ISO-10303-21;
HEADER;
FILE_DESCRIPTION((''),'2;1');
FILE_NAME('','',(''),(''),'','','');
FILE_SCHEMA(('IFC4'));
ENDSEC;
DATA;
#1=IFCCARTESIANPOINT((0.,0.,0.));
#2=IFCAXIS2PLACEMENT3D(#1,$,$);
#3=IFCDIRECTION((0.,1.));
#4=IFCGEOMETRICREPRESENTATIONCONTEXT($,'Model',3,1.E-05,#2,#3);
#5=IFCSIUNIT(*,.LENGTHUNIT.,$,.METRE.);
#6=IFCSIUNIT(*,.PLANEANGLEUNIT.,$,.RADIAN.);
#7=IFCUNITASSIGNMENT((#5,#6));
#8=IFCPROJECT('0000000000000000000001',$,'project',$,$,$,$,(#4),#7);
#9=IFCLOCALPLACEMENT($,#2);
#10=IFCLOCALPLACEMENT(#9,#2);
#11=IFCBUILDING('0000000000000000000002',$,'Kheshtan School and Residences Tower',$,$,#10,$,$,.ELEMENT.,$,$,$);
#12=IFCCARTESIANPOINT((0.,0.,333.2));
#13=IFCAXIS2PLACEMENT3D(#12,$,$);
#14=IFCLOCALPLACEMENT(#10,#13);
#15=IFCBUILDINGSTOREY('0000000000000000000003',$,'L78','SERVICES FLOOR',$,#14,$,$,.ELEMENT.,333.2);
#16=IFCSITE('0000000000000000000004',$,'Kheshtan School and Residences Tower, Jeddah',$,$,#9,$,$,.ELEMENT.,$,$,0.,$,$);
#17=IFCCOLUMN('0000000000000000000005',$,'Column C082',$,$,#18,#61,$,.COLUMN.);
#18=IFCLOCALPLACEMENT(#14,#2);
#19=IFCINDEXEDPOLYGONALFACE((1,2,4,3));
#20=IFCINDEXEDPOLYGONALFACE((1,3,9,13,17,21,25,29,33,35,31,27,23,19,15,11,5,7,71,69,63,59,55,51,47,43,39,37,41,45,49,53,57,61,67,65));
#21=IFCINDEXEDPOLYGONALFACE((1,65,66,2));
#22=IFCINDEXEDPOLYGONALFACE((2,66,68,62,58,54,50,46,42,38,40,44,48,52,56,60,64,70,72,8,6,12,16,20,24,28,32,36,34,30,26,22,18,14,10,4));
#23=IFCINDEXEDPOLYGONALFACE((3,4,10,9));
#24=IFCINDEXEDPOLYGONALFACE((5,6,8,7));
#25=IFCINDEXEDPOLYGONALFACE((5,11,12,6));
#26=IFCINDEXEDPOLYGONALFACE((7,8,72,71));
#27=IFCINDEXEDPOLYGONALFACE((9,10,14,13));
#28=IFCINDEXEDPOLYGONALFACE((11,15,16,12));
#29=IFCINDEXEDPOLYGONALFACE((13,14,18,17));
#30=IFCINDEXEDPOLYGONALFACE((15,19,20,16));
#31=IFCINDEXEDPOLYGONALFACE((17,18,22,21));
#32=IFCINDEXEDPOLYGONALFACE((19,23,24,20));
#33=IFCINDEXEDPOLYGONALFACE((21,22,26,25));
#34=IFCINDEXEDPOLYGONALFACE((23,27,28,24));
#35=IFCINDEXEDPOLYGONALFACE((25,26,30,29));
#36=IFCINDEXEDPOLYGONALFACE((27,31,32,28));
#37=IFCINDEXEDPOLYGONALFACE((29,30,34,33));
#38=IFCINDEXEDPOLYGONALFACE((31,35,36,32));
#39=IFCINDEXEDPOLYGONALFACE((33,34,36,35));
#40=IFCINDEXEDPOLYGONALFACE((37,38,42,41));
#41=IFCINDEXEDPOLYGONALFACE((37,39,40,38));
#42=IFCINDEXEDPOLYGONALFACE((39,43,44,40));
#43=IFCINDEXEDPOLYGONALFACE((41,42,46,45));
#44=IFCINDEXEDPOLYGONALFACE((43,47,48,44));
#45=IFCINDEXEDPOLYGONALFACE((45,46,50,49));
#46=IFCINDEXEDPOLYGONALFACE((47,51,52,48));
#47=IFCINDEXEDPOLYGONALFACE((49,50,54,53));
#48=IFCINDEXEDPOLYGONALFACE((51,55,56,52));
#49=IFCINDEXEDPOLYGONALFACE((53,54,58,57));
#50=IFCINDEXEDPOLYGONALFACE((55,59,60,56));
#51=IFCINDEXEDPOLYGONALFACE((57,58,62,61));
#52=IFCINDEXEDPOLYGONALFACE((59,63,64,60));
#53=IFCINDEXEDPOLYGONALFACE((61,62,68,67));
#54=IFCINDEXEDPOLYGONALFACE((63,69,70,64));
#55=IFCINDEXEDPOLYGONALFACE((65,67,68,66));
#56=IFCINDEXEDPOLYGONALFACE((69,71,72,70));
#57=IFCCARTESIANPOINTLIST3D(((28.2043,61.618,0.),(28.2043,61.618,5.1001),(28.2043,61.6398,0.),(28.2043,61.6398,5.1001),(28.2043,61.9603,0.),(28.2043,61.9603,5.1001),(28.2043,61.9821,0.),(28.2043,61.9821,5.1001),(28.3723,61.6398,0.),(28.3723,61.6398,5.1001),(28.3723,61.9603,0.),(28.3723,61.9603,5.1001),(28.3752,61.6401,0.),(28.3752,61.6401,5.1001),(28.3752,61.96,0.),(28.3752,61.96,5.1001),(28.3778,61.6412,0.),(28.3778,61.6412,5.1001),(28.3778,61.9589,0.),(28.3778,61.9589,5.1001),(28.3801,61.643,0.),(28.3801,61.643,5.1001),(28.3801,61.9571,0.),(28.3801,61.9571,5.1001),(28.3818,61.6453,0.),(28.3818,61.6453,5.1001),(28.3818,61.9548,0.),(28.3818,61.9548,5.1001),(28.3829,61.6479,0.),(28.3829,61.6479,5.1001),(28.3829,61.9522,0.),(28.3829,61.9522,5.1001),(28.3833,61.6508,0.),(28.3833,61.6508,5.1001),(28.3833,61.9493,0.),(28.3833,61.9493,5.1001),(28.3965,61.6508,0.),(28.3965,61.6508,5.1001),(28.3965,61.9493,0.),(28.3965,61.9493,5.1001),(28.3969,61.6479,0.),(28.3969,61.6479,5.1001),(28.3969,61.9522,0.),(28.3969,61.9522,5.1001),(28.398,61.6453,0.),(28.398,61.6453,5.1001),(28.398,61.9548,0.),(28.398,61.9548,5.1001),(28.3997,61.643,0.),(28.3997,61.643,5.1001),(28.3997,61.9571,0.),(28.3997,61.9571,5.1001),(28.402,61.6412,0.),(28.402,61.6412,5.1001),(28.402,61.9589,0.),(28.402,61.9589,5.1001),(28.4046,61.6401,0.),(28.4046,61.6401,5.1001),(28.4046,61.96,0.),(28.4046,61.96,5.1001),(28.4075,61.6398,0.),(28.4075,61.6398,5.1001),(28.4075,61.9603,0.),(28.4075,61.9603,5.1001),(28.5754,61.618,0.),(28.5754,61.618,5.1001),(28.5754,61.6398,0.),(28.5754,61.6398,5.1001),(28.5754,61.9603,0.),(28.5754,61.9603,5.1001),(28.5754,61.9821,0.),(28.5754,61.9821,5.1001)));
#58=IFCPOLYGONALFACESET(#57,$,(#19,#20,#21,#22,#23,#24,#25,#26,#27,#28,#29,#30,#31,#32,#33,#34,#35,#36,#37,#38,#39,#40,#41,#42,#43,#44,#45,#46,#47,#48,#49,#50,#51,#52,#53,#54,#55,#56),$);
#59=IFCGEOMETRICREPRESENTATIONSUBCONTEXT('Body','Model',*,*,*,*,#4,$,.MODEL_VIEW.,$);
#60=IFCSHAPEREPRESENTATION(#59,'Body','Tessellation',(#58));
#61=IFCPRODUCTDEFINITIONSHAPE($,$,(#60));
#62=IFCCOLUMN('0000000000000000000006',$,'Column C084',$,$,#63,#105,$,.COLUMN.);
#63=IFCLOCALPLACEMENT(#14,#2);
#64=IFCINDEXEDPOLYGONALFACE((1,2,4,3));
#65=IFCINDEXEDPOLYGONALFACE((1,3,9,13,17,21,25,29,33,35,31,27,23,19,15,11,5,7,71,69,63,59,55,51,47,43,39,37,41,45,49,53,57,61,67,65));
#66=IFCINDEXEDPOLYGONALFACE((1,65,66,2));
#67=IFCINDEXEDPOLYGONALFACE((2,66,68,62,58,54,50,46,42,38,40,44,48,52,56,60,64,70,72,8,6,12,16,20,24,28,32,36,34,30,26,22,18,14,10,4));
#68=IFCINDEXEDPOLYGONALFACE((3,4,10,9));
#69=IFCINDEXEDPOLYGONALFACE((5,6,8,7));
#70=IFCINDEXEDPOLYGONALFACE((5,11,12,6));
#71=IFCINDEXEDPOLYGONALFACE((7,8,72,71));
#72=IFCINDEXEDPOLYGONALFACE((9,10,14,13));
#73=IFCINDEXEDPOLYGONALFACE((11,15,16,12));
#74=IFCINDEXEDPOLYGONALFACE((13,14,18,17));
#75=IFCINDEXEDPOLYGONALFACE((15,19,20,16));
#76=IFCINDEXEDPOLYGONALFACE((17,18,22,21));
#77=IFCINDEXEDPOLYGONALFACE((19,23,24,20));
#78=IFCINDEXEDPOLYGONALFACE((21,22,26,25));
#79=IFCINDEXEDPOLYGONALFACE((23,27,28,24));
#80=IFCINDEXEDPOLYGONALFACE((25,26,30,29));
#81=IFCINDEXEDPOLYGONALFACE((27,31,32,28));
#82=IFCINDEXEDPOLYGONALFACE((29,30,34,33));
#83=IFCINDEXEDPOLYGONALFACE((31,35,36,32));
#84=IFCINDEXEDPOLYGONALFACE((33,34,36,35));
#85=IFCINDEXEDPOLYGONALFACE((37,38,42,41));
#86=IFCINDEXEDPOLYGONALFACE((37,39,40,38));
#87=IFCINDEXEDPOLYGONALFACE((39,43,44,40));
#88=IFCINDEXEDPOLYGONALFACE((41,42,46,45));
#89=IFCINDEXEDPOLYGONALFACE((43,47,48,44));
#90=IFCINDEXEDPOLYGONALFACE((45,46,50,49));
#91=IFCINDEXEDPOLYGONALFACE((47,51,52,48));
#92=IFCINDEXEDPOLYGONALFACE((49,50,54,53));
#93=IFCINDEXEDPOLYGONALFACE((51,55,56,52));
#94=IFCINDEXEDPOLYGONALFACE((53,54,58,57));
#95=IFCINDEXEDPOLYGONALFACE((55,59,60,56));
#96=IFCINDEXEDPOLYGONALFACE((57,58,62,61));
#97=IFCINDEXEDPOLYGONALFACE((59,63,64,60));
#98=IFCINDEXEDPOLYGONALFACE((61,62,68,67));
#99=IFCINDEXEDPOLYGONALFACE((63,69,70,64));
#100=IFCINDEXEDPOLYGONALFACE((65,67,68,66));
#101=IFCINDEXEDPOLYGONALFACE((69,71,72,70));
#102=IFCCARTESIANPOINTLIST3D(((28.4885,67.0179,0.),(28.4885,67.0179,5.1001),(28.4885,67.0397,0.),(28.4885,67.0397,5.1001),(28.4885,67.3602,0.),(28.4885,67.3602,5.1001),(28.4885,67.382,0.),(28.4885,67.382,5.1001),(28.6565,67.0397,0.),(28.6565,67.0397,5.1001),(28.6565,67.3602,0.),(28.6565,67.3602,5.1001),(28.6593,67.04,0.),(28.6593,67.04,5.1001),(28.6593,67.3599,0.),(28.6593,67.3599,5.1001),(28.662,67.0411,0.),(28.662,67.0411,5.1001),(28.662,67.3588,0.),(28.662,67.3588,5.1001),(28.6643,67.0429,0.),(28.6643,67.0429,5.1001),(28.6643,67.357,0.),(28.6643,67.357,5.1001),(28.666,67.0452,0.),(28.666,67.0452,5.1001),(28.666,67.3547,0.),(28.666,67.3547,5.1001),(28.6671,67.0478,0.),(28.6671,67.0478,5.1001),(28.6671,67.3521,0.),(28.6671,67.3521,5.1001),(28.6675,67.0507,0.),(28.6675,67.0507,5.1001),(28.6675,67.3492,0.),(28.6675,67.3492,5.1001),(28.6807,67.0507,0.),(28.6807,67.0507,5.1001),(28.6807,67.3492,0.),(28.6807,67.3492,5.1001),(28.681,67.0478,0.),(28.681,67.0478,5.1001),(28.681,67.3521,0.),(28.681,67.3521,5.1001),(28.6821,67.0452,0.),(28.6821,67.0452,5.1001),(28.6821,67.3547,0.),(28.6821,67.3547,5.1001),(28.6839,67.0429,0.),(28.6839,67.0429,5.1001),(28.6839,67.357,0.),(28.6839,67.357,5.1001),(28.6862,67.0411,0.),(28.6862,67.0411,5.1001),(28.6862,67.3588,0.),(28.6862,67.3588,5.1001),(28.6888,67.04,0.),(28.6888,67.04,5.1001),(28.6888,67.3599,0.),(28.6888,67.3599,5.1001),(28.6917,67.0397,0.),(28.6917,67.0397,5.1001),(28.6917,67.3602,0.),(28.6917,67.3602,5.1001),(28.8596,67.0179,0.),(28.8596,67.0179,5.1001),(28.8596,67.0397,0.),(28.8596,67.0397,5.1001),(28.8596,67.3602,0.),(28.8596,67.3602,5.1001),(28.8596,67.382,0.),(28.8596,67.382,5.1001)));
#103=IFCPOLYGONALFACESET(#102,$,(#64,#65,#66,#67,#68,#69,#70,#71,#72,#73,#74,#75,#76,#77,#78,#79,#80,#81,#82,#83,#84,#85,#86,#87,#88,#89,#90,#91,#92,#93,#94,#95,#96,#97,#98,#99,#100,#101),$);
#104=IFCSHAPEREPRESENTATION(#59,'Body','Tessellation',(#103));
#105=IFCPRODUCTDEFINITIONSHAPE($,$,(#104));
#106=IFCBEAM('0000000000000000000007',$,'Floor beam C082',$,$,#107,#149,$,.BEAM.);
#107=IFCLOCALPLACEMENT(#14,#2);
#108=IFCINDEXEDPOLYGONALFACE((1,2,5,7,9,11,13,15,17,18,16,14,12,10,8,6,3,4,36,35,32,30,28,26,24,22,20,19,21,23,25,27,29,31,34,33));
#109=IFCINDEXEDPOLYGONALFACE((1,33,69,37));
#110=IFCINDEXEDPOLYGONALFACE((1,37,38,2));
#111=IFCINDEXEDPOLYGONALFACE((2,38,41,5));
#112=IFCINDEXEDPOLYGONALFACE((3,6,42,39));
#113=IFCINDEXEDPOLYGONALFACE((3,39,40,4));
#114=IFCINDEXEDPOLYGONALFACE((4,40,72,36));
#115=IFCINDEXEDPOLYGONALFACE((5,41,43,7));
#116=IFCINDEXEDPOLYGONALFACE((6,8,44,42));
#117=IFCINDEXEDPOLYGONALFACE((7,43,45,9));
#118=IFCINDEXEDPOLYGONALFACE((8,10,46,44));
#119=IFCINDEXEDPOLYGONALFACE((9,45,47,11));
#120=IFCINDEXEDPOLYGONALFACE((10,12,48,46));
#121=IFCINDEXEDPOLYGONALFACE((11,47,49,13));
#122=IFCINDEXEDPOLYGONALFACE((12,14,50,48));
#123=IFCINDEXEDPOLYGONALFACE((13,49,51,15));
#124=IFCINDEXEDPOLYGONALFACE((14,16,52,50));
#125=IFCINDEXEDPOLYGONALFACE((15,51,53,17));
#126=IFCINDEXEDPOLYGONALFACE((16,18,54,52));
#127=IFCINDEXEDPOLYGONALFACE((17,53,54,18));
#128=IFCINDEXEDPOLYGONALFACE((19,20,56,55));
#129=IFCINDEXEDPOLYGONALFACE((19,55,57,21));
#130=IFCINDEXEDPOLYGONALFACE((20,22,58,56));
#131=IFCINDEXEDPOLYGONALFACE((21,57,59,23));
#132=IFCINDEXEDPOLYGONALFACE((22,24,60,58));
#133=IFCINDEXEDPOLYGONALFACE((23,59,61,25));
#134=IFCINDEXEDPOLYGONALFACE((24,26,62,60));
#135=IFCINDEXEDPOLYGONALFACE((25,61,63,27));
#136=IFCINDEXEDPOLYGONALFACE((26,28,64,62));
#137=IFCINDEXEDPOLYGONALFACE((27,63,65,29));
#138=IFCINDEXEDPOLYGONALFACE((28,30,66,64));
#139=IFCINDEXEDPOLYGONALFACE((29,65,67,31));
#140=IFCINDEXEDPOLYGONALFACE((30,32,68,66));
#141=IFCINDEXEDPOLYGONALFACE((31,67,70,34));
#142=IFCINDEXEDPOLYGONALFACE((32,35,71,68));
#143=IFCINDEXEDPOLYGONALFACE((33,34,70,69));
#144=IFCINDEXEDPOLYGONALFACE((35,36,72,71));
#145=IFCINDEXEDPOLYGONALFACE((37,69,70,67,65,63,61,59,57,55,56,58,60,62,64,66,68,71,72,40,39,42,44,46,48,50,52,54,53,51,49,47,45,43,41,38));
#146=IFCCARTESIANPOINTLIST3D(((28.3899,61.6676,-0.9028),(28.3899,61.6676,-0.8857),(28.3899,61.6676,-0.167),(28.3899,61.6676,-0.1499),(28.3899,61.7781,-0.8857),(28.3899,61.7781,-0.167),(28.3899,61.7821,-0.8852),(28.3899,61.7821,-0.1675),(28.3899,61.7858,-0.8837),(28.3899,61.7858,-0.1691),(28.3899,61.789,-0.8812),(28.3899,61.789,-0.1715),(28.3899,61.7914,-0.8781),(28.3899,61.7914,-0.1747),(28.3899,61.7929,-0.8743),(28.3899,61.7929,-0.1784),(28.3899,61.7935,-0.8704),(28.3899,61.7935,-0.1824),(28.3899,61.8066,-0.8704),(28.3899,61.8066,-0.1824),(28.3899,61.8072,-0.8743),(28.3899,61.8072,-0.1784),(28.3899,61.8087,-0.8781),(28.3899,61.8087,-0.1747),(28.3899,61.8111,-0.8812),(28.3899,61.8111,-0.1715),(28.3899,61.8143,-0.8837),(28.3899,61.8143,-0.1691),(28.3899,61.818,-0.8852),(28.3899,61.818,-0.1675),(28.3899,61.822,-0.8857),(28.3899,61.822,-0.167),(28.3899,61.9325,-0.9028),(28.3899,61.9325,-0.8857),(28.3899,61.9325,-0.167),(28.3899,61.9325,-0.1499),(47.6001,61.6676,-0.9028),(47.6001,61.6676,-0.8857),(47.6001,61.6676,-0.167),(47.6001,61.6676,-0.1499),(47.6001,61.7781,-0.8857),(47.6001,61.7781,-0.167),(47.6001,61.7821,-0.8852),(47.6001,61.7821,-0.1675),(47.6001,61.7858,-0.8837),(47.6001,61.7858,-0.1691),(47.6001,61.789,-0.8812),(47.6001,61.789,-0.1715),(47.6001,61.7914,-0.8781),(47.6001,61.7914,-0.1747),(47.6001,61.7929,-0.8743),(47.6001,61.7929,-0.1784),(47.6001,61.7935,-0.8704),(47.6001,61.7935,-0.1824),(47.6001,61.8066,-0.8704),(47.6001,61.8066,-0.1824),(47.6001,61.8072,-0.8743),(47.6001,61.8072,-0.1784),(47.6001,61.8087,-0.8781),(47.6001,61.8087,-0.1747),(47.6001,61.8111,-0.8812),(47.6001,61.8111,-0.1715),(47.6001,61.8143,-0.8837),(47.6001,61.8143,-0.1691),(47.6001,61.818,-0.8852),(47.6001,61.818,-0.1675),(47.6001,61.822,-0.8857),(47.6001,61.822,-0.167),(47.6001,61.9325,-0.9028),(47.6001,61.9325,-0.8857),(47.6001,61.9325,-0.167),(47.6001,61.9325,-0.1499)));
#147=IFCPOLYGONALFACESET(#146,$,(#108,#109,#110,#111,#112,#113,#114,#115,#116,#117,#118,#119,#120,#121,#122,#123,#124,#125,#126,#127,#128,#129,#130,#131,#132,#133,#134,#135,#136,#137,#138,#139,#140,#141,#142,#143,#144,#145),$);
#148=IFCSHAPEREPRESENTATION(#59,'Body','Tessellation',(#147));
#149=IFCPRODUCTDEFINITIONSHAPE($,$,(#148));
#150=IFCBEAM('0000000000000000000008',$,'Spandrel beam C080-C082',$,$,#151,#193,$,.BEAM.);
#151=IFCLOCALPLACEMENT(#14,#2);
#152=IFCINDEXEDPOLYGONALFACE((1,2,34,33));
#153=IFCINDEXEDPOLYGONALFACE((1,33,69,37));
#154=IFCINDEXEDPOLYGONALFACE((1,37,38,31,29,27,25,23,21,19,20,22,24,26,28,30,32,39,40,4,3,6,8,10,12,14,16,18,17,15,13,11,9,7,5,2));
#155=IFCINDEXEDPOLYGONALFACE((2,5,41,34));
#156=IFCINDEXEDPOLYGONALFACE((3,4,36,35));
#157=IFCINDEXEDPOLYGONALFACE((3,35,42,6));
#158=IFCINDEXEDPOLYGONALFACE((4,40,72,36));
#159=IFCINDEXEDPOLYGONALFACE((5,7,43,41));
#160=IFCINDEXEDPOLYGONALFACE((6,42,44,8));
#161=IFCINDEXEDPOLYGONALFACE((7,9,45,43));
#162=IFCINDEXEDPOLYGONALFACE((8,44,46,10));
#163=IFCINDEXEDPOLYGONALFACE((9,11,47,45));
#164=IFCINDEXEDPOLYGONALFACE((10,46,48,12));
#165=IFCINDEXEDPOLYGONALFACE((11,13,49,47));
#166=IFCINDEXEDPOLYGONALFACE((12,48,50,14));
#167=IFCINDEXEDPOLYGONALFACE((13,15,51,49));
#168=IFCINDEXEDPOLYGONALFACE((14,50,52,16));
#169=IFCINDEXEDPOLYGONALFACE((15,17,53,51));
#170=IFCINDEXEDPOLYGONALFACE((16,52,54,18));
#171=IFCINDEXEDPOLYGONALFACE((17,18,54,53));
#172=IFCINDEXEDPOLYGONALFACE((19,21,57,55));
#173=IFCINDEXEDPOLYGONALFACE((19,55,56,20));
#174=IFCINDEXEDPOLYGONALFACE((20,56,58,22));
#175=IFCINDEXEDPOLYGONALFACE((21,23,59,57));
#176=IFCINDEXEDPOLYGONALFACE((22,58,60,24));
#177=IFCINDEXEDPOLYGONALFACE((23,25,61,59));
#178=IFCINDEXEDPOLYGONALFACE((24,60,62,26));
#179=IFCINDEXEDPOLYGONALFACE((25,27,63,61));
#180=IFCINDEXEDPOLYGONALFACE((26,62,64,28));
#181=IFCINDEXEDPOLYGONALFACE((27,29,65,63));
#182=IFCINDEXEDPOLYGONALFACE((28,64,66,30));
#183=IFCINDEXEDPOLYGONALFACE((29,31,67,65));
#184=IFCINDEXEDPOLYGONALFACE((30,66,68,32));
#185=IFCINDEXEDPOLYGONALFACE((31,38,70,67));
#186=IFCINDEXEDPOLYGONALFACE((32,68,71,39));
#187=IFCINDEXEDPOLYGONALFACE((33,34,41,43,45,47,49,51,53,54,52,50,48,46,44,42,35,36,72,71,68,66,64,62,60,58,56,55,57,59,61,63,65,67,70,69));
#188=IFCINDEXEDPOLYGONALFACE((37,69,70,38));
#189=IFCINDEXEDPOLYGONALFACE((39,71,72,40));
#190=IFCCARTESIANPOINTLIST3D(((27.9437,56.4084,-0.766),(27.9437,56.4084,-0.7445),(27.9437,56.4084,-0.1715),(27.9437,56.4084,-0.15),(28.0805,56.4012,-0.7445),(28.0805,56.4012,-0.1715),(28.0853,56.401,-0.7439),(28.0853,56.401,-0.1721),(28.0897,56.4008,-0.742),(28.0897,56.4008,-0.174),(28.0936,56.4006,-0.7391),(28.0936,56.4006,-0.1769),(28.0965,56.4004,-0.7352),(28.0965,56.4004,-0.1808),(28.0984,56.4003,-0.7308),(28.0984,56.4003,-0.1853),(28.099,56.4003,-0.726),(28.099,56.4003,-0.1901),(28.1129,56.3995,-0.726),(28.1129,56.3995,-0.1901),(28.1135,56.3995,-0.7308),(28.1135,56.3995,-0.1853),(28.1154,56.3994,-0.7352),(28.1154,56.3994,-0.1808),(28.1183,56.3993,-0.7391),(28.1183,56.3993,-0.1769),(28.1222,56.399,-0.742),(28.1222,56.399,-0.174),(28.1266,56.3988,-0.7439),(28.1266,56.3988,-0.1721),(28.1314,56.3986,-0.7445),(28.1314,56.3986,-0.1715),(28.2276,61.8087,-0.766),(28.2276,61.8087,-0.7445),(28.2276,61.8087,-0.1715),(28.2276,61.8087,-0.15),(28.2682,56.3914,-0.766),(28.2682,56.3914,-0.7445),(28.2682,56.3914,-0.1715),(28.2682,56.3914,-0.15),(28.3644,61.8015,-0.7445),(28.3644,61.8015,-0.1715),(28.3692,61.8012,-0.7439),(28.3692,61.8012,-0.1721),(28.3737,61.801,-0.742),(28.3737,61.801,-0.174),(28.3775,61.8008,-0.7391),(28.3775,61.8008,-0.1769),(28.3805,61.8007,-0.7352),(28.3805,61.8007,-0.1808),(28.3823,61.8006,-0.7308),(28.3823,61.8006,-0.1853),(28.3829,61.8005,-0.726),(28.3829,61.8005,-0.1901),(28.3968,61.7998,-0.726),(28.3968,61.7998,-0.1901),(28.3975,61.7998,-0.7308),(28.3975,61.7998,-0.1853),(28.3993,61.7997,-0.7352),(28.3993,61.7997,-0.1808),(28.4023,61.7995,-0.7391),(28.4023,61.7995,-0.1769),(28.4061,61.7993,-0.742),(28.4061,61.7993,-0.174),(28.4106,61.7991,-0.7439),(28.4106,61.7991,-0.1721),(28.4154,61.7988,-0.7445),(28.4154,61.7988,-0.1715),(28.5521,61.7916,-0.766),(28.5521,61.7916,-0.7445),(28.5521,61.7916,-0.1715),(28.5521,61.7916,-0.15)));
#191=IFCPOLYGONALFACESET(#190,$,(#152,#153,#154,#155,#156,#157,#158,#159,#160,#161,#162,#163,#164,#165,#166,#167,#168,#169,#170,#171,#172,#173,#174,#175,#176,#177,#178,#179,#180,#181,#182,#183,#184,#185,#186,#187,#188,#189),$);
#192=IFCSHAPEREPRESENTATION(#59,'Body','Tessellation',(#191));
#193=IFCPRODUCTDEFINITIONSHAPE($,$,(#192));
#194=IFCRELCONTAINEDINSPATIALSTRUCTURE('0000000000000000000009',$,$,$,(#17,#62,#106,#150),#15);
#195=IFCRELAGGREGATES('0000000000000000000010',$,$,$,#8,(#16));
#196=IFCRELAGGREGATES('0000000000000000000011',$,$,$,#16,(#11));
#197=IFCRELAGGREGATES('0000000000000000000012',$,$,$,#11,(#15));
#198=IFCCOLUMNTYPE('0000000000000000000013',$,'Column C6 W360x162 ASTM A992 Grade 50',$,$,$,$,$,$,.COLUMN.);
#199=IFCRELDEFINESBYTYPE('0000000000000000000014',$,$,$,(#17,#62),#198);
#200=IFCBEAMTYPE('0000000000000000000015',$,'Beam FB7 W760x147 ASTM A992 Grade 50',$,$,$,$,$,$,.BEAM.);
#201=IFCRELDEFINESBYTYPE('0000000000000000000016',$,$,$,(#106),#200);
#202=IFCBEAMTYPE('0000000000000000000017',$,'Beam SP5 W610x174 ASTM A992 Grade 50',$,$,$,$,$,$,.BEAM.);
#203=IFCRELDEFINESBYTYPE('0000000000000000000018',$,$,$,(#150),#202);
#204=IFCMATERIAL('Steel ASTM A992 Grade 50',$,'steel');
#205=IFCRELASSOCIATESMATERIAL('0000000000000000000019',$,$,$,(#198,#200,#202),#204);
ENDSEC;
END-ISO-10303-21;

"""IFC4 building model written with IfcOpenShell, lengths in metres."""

from ifc_helpers import new_model, si_unit, direction, frame, origin, origin_2d, place, context, subcontext, project, spatial, i_section, extrude, material, material_profile, profile_set, type_object, element, save


model = new_model("IFC4")

# Units and contexts
model_context = context("Model", 3, precision=1e-05, world=origin(), true_north=direction((0.0, 1.0)))
body_context = subcontext(model_context, "Body", "Model", "MODEL_VIEW")
ifc_project = project(units=[si_unit("LENGTHUNIT", "METRE"), si_unit("PLANEANGLEUNIT", "RADIAN")], contexts=[model_context])

# Site, building, storey
site_placement = place(None, origin())
site = spatial("IfcSite", under=ifc_project, at=site_placement, Name="Kheshtan School and Residences Tower, Jeddah", CompositionType="ELEMENT", RefElevation=0.0)
building_placement = place(site_placement, origin())
building = spatial("IfcBuilding", under=site, at=building_placement, Name="Kheshtan School and Residences Tower", CompositionType="ELEMENT")
storey_placement = place(building_placement, frame((0.0, 0.0, 333.2)))
storey = spatial("IfcBuildingStorey", under=building, at=storey_placement, Name="L78", Description="SERVICES FLOOR", CompositionType="ELEMENT", Elevation=333.2)

# Columns
ifc_material_1 = material(Name="Steel ASTM A992 Grade 50", Category="steel")
ifc_material_profile_1 = material_profile(ifc_material_1, i_section(OverallWidth=0.3711, OverallDepth=0.364, WebThickness=0.0132, FlangeThickness=0.0217, FilletRadius=0.011, at=origin_2d()), Name="W360x162")
ifc_profile_set_1 = profile_set([ifc_material_profile_1], Name="Steel ASTM A992 Grade 50")
column_type = type_object("IfcColumnType", Name="Column C6 W360x162 ASTM A992 Grade 50", PredefinedType="COLUMN", material=ifc_profile_set_1)
for number, where, z_axis, x_axis, name in (
    (1, (28.3899, 61.8, 0.0), (0.0, 0.0, 1.0), (1.0, 0.0, 0.0), "Column C082"),
    (2, (28.6741, 67.2, 0.0), (0.0, 0.0, 1.0), (1.0, 0.0, 0.0), "Column C084"),
):
    element("IfcColumn", number, at=place(storey_placement, frame(where, z_axis=z_axis, x_axis=x_axis)), inside=storey, type_object=column_type, Name=name, PredefinedType="COLUMN", context=body_context, shape_type="SweptSolid", body=[
        extrude(i_section(OverallWidth=0.3711, OverallDepth=0.364, WebThickness=0.0132, FlangeThickness=0.0217, FilletRadius=0.011, at=origin_2d()), origin(), (0.0, 0.0, 1.0), 5.1001),
    ])

# Beams
ifc_material_profile_2 = material_profile(ifc_material_1, i_section(OverallWidth=0.2649, OverallDepth=0.7529, WebThickness=0.0132, FlangeThickness=0.0171, FilletRadius=0.0154, at=origin_2d()), Name="W760x147")
ifc_profile_set_2 = profile_set([ifc_material_profile_2], Name="Steel ASTM A992 Grade 50")
beam_type_1 = type_object("IfcBeamType", Name="Beam FB7 W760x147 ASTM A992 Grade 50", PredefinedType="BEAM", material=ifc_profile_set_2)
beam_1_placement = place(storey_placement, frame((28.3899, 61.8, -0.5264), z_axis=(1.0, 0.0, 0.0), x_axis=(0.0, 1.0, 0.0)))
element("IfcBeam", 3, at=beam_1_placement, inside=storey, type_object=beam_type_1, Name="Floor beam C082", PredefinedType="BEAM", context=body_context, shape_type="SweptSolid", body=[
    extrude(i_section(OverallWidth=0.2649, OverallDepth=0.7529, WebThickness=0.0132, FlangeThickness=0.0171, FilletRadius=0.0154, at=origin_2d()), origin(), (0.0, 0.0, 1.0), 19.2102),
])
ifc_material_profile_3 = material_profile(ifc_material_1, i_section(OverallWidth=0.325, OverallDepth=0.616, WebThickness=0.0139, FlangeThickness=0.0215, FilletRadius=0.0186, at=origin_2d()), Name="W610x174")
ifc_profile_set_3 = profile_set([ifc_material_profile_3], Name="Steel ASTM A992 Grade 50")
beam_type_2 = type_object("IfcBeamType", Name="Beam SP5 W610x174 ASTM A992 Grade 50", PredefinedType="BEAM", material=ifc_profile_set_3)
beam_2_placement = place(storey_placement, frame((28.106, 56.3999, -0.458), z_axis=(0.052507, 0.998621, 0.0), x_axis=(-0.998621, 0.052507, 0.0)))
element("IfcBeam", 4, at=beam_2_placement, inside=storey, type_object=beam_type_2, Name="Spandrel beam C080-C082", PredefinedType="BEAM", context=body_context, shape_type="SweptSolid", body=[
    extrude(i_section(OverallWidth=0.325, OverallDepth=0.616, WebThickness=0.0139, FlangeThickness=0.0215, FilletRadius=0.0186, at=origin_2d()), origin(), (0.0, 0.0, 1.0), 5.4077),
])

save(model, "model.ifc")
